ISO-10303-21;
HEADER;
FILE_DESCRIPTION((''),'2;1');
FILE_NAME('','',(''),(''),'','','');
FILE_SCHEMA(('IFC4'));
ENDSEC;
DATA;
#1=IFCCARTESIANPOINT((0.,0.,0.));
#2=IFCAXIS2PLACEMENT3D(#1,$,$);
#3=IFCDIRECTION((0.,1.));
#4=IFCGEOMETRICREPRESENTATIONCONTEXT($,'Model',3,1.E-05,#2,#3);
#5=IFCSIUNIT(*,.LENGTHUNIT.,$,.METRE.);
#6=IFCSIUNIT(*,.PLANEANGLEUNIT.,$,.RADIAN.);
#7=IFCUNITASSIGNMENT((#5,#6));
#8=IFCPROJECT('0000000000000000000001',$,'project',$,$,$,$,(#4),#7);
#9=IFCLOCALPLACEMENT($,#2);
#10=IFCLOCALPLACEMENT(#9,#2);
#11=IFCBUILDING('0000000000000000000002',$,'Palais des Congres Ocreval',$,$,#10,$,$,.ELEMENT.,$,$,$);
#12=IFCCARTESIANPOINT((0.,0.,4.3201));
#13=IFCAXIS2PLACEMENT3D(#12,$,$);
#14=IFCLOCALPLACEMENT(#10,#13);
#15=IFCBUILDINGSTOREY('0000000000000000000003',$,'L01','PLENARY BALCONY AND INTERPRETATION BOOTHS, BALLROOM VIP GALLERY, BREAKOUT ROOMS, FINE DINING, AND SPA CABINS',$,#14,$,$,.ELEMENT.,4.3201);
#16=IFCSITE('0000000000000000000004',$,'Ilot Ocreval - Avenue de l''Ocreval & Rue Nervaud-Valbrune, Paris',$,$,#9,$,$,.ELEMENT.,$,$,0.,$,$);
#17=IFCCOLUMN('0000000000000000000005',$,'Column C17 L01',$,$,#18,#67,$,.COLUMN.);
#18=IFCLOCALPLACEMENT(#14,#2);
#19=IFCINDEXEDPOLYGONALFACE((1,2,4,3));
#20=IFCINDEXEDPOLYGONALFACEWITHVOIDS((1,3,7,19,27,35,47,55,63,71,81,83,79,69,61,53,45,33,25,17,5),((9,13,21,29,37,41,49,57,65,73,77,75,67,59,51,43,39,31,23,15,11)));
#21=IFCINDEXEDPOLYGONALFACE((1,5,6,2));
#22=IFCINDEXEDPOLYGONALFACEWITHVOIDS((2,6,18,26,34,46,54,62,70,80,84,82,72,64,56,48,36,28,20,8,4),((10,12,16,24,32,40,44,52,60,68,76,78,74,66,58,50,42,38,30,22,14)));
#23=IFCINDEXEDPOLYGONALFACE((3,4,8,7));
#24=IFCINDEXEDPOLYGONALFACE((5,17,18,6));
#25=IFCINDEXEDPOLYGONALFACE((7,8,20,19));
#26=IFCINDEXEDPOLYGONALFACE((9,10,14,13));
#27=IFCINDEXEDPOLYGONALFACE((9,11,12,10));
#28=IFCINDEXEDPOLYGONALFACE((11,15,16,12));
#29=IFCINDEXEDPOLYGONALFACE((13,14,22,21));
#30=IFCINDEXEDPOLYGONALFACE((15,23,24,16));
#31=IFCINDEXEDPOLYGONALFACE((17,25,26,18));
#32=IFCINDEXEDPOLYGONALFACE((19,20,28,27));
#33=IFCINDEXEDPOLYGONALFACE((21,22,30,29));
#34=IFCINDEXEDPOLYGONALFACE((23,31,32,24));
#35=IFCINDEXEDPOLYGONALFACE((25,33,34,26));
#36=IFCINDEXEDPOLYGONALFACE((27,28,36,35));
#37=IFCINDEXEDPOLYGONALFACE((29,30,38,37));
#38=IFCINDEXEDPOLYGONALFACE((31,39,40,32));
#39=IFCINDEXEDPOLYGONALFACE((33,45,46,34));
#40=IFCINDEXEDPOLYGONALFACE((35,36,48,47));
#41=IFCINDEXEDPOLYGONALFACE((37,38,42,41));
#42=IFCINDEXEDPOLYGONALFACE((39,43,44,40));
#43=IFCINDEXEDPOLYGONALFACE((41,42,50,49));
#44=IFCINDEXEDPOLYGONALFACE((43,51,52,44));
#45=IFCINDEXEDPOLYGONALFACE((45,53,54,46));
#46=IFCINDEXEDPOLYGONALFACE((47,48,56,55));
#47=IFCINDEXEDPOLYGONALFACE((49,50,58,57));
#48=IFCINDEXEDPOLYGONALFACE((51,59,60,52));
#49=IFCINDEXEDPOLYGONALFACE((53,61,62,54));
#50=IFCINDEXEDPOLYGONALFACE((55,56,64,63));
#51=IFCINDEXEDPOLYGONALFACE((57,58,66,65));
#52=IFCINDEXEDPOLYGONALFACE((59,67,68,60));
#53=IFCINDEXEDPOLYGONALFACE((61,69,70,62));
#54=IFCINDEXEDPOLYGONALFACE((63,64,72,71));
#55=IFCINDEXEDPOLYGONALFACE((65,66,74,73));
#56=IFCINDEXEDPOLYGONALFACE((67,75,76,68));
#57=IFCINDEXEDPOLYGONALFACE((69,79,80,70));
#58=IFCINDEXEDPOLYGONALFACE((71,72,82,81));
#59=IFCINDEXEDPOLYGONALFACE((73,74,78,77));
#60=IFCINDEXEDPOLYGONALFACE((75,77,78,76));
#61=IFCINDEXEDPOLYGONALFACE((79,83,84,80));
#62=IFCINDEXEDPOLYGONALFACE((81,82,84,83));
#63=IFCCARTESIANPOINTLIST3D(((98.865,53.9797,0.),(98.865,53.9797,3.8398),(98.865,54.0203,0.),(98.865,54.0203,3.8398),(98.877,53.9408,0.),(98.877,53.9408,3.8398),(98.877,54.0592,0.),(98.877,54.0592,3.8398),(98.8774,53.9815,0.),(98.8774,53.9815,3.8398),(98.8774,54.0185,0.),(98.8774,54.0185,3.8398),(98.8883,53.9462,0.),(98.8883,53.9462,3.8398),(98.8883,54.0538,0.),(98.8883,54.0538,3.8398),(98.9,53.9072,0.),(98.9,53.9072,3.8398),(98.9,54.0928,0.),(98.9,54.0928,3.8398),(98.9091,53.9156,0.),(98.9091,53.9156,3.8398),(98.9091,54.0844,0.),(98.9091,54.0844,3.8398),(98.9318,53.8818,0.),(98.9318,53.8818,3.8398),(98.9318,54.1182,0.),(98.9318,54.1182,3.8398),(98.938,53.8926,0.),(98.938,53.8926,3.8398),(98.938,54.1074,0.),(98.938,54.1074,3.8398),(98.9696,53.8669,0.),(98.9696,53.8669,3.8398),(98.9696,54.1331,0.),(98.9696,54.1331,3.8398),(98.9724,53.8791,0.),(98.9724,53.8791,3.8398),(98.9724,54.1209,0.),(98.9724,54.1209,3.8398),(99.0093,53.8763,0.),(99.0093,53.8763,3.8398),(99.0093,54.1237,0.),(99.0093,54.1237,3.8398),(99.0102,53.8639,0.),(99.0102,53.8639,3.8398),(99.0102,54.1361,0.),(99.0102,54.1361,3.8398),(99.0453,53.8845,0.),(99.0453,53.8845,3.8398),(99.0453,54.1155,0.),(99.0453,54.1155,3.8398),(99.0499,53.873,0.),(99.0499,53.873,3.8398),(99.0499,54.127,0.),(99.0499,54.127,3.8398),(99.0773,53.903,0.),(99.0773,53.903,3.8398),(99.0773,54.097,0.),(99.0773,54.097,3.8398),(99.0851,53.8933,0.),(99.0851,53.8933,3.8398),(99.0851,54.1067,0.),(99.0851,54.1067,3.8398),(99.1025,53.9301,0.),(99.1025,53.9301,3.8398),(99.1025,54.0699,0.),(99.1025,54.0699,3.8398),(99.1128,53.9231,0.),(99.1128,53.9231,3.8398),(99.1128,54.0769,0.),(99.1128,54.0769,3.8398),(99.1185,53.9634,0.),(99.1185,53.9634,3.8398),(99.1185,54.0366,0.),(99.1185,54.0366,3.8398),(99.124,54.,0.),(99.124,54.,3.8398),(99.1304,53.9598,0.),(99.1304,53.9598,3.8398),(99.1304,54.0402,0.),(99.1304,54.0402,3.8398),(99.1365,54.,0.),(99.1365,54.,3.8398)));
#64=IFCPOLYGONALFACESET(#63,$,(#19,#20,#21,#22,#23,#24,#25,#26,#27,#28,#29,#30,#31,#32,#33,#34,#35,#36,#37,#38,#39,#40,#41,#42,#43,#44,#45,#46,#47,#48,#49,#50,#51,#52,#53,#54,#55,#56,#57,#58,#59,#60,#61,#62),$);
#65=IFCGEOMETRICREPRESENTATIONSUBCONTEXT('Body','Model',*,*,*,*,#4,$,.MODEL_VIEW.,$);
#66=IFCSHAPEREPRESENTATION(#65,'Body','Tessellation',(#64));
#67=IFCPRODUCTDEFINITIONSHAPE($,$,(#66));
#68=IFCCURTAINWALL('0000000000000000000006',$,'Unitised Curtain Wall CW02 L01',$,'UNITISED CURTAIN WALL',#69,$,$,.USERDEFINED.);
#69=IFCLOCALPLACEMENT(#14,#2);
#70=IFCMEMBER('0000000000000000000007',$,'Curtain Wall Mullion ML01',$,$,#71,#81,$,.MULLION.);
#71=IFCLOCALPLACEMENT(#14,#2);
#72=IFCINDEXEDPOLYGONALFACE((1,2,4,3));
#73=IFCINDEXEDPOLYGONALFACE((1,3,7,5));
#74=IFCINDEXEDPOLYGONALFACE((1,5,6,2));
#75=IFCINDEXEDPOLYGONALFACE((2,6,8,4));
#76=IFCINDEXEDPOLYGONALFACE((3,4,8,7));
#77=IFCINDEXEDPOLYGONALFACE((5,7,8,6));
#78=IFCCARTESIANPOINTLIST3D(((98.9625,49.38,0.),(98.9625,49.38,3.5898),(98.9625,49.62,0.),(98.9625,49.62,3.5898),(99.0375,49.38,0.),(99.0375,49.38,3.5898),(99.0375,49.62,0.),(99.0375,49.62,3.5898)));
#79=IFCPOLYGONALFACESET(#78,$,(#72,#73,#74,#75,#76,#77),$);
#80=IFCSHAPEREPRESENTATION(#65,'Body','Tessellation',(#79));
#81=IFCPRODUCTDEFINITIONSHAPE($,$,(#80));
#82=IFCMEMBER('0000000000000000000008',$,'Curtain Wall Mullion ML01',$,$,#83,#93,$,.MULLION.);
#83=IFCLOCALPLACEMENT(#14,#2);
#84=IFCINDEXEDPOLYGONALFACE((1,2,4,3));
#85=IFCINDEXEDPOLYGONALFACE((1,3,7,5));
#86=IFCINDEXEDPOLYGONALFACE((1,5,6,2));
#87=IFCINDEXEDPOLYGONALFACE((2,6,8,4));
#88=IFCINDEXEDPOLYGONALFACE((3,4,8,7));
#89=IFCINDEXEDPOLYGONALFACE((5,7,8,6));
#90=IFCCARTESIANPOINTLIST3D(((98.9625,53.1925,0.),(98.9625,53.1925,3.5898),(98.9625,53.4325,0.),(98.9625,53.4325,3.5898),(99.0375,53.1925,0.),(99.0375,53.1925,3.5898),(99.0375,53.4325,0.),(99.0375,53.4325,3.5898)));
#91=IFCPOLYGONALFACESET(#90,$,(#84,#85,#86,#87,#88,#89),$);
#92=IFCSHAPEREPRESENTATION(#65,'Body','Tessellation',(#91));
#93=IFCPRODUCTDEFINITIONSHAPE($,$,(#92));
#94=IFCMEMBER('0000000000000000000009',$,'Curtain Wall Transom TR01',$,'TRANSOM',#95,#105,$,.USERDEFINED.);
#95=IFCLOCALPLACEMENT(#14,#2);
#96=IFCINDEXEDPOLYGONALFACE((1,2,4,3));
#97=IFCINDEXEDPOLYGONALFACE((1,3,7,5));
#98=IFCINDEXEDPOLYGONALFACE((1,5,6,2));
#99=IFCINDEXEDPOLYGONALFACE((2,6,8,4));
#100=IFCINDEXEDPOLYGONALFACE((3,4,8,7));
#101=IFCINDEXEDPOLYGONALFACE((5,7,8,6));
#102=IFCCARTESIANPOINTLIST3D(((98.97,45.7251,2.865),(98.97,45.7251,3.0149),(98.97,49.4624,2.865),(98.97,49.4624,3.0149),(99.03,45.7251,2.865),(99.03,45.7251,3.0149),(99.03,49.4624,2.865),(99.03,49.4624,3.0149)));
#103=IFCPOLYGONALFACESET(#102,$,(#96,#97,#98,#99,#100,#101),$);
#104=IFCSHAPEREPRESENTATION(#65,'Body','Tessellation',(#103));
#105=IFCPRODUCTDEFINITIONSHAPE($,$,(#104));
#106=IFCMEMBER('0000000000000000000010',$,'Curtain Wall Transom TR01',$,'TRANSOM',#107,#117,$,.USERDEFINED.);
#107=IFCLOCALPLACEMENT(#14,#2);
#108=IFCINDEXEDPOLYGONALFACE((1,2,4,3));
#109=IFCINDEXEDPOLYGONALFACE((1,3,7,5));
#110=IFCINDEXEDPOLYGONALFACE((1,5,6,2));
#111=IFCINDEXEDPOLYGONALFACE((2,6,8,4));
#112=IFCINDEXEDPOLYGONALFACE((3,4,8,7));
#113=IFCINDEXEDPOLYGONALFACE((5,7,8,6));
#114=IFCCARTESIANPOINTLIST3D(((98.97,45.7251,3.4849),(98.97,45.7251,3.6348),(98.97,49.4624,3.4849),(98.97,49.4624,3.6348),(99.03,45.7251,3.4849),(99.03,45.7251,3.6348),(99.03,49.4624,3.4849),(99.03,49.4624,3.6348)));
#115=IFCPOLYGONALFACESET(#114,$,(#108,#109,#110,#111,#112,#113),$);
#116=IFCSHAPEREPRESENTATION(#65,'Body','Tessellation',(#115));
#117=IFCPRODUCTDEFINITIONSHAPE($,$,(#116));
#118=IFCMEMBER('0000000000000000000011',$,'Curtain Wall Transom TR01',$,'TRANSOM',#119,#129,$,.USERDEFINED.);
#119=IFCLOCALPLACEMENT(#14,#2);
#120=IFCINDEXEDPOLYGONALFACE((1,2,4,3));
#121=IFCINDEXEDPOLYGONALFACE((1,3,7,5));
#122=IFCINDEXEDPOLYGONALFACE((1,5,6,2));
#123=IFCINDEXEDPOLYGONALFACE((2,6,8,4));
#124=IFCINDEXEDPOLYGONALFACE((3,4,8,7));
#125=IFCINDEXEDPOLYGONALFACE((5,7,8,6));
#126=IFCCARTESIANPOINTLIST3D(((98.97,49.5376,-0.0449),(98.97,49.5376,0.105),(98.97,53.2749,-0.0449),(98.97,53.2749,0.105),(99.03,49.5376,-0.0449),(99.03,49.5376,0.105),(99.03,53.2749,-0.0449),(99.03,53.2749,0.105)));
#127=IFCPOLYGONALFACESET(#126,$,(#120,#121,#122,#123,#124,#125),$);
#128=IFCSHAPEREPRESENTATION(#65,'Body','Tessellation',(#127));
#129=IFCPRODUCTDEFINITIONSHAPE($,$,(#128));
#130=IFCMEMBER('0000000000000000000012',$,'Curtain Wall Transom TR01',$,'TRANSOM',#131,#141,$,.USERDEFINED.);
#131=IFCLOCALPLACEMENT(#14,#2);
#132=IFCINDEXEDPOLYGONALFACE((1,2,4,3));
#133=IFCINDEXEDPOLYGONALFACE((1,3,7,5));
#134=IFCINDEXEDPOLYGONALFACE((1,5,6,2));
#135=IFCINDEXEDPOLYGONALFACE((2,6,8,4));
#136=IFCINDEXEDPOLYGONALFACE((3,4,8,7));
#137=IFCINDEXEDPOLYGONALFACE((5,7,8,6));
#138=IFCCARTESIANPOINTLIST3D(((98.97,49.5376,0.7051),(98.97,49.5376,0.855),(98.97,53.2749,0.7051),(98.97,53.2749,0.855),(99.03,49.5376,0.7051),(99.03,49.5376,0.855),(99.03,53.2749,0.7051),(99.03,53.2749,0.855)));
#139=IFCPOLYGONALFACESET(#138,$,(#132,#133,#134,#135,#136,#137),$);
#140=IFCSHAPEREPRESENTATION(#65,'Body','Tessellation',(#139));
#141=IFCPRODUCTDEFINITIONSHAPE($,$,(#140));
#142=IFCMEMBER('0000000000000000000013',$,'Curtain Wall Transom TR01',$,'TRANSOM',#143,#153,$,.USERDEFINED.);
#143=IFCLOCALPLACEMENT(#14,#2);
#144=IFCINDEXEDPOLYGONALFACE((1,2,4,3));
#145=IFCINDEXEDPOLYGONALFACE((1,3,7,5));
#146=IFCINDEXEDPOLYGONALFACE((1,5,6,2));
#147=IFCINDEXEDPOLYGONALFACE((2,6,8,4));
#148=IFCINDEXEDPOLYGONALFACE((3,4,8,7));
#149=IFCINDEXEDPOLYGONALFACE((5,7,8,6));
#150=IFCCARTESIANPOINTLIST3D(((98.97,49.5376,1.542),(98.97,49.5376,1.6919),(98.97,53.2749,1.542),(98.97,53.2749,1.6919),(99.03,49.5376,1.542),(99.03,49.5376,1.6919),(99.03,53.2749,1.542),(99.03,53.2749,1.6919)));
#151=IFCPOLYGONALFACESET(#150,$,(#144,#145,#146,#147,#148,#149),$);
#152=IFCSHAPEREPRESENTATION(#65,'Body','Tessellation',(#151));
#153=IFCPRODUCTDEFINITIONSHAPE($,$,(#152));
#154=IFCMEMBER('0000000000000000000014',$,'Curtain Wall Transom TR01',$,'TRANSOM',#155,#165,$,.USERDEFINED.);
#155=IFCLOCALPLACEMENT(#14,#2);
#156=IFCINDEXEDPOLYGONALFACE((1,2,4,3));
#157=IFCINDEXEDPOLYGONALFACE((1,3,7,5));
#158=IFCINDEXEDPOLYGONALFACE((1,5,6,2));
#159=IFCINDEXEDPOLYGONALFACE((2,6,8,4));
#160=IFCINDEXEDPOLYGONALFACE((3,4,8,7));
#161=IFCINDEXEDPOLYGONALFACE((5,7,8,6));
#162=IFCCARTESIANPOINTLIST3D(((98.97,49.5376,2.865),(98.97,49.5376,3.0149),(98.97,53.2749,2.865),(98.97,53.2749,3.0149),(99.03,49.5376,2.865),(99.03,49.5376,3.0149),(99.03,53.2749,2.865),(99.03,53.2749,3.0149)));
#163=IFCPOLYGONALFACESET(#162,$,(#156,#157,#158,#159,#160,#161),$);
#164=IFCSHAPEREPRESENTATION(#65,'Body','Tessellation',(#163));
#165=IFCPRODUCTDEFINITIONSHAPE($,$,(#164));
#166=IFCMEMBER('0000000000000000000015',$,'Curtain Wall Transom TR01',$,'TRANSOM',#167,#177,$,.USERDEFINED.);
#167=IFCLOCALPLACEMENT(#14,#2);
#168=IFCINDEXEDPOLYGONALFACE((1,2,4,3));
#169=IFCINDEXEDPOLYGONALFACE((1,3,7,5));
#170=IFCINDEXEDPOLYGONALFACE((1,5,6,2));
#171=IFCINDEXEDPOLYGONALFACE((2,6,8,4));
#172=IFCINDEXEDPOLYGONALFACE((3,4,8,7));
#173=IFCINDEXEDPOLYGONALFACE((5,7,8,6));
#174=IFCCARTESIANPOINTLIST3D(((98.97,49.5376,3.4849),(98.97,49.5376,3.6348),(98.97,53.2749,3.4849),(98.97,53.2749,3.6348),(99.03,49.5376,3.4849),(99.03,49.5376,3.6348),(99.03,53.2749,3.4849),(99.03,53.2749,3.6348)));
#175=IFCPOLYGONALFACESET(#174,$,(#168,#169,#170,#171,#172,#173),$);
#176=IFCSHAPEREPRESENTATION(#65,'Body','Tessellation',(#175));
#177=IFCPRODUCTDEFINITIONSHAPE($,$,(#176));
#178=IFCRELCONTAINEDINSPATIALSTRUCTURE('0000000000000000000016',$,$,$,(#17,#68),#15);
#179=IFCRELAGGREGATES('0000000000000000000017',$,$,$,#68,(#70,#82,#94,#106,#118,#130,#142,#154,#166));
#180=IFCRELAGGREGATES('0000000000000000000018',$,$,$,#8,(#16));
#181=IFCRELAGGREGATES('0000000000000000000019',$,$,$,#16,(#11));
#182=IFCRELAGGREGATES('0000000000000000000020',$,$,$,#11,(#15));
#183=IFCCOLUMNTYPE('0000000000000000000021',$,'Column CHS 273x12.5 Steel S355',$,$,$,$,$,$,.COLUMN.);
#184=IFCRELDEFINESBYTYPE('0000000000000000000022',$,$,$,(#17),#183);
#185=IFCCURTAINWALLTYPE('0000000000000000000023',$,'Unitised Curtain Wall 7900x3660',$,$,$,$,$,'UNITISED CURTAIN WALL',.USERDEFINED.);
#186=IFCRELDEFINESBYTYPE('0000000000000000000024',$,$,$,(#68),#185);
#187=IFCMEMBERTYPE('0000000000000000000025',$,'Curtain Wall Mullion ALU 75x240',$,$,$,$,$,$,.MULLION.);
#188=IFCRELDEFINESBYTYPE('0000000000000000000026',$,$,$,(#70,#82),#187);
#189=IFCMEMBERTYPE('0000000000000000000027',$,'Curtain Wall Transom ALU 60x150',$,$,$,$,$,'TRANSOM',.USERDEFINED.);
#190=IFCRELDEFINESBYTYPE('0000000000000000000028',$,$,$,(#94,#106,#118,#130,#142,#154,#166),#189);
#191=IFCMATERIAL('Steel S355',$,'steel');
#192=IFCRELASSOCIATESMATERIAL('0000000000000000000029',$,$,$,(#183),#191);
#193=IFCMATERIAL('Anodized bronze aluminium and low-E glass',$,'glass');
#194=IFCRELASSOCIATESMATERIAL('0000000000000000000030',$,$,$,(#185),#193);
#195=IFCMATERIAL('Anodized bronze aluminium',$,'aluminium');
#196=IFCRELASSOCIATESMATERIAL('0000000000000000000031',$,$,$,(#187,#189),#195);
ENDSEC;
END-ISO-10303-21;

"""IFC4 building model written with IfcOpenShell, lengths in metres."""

from ifc_helpers import new_model, si_unit, direction, frame, origin, origin_2d, place, context, subcontext, project, spatial, rectangle, hollow_circle, extrude, material, material_profile, profile_set, type_object, element, aggregate, save


model = new_model("IFC4")

# Units and contexts
model_context = context("Model", 3, precision=1e-05, world=origin(), true_north=direction((0.0, 1.0)))
body_context = subcontext(model_context, "Body", "Model", "MODEL_VIEW")
ifc_project = project(units=[si_unit("LENGTHUNIT", "METRE"), si_unit("PLANEANGLEUNIT", "RADIAN")], contexts=[model_context])

# Site, building, storey
site_placement = place(None, origin())
site = spatial("IfcSite", under=ifc_project, at=site_placement, Name="Ilot Ocreval - Avenue de l'Ocreval & Rue Nervaud-Valbrune, Paris", CompositionType="ELEMENT", RefElevation=0.0)
building_placement = place(site_placement, origin())
building = spatial("IfcBuilding", under=site, at=building_placement, Name="Palais des Congres Ocreval", CompositionType="ELEMENT")
storey_placement = place(building_placement, frame((0.0, 0.0, 4.3201)))
storey = spatial("IfcBuildingStorey", under=building, at=storey_placement, Name="L01", Description="PLENARY BALCONY AND INTERPRETATION BOOTHS, BALLROOM VIP GALLERY, BREAKOUT ROOMS, FINE DINING, AND SPA CABINS", CompositionType="ELEMENT", Elevation=4.3201)

# Column
ifc_material_1 = material(Name="Steel S355", Category="steel")
ifc_material_profile_1 = material_profile(ifc_material_1, hollow_circle(Radius=0.1365, WallThickness=0.0125, at=origin_2d()), Name="CHS 273x12.5")
ifc_profile_set_1 = profile_set([ifc_material_profile_1], Name="Steel S355")
column_type = type_object("IfcColumnType", Name="Column CHS 273x12.5 Steel S355", PredefinedType="COLUMN", material=ifc_profile_set_1)
column_placement = place(storey_placement, frame((99.0, 54.0, 0.0), z_axis=(0.0, 0.0, 1.0), x_axis=(1.0, 0.0, 0.0)))
element("IfcColumn", 1, at=column_placement, inside=storey, type_object=column_type, Name="Column C17 L01", PredefinedType="COLUMN", context=body_context, shape_type="SweptSolid", body=[
    extrude(hollow_circle(Radius=0.1365, WallThickness=0.0125, at=origin_2d()), origin(), (0.0, 0.0, 1.0), 3.8398),
])

# Curtain wall, members
ifc_material_2 = material(Name="Anodized bronze aluminium and low-E glass", Category="glass")
curtain_wall_type = type_object("IfcCurtainWallType", Name="Unitised Curtain Wall 7900x3660", ElementType="UNITISED CURTAIN WALL", PredefinedType="USERDEFINED", material=ifc_material_2)
curtain_wall_placement = place(storey_placement, origin())
curtain_wall = element("IfcCurtainWall", 2, at=curtain_wall_placement, inside=storey, type_object=curtain_wall_type, Name="Unitised Curtain Wall CW02 L01", ObjectType="UNITISED CURTAIN WALL", PredefinedType="USERDEFINED")
ifc_material_3 = material(Name="Anodized bronze aluminium", Category="aluminium")
ifc_material_profile_2 = material_profile(ifc_material_3, rectangle(XDim=0.075, YDim=0.24, at=origin_2d()), Name="ALU 75x240")
ifc_profile_set_2 = profile_set([ifc_material_profile_2], Name="Anodized bronze aluminium")
member_type_1 = type_object("IfcMemberType", Name="Curtain Wall Mullion ALU 75x240", PredefinedType="MULLION", material=ifc_profile_set_2)
member_1_placement = place(storey_placement, frame((99.0, 49.5, 0.0), z_axis=(0.0, 0.0, 1.0), x_axis=(-1.0, 0.0, 0.0)))
member_1 = element("IfcMember", 3, at=member_1_placement, type_object=member_type_1, Name="Curtain Wall Mullion ML01", PredefinedType="MULLION", context=body_context, shape_type="SweptSolid", body=[
    extrude(rectangle(XDim=0.075, YDim=0.24, at=origin_2d()), origin(), (0.0, 0.0, 1.0), 3.5898),
])
member_2_placement = place(storey_placement, frame((99.0, 53.3125, 0.0), z_axis=(0.0, 0.0, 1.0), x_axis=(-1.0, 0.0, 0.0)))
member_2 = element("IfcMember", 4, at=member_2_placement, type_object=member_type_1, Name="Curtain Wall Mullion ML01", PredefinedType="MULLION", context=body_context, shape_type="SweptSolid", body=[
    extrude(rectangle(XDim=0.075, YDim=0.24, at=origin_2d()), origin(), (0.0, 0.0, 1.0), 3.5898),
])
ifc_material_profile_3 = material_profile(ifc_material_3, rectangle(XDim=0.0601, YDim=0.1499, at=origin_2d()), Name="ALU 60x150")
ifc_profile_set_3 = profile_set([ifc_material_profile_3], Name="Anodized bronze aluminium")
member_type_2 = type_object("IfcMemberType", Name="Curtain Wall Transom ALU 60x150", ElementType="TRANSOM", PredefinedType="USERDEFINED", material=ifc_profile_set_3)
member_3_placement = place(storey_placement, frame((99.0, 45.7251, 2.9399), z_axis=(0.0, 1.0, 0.0), x_axis=(-1.0, 0.0, 0.0)))
member_3 = element("IfcMember", 5, at=member_3_placement, type_object=member_type_2, Name="Curtain Wall Transom TR01", ObjectType="TRANSOM", PredefinedType="USERDEFINED", context=body_context, shape_type="SweptSolid", body=[
    extrude(rectangle(XDim=0.0601, YDim=0.1499, at=origin_2d()), origin(), (0.0, 0.0, 1.0), 3.7373),
])
member_4_placement = place(storey_placement, frame((99.0, 45.7251, 3.5598), z_axis=(0.0, 1.0, 0.0), x_axis=(-1.0, 0.0, 0.0)))
member_4 = element("IfcMember", 6, at=member_4_placement, type_object=member_type_2, Name="Curtain Wall Transom TR01", ObjectType="TRANSOM", PredefinedType="USERDEFINED", context=body_context, shape_type="SweptSolid", body=[
    extrude(rectangle(XDim=0.0601, YDim=0.1499, at=origin_2d()), origin(), (0.0, 0.0, 1.0), 3.7373),
])
member_5_placement = place(storey_placement, frame((99.0, 49.5376, 0.03), z_axis=(0.0, 1.0, 0.0), x_axis=(-1.0, 0.0, 0.0)))
member_5 = element("IfcMember", 7, at=member_5_placement, type_object=member_type_2, Name="Curtain Wall Transom TR01", ObjectType="TRANSOM", PredefinedType="USERDEFINED", context=body_context, shape_type="SweptSolid", body=[
    extrude(rectangle(XDim=0.0601, YDim=0.1499, at=origin_2d()), origin(), (0.0, 0.0, 1.0), 3.7373),
])
member_6_placement = place(storey_placement, frame((99.0, 49.5376, 0.78), z_axis=(0.0, 1.0, 0.0), x_axis=(-1.0, 0.0, 0.0)))
member_6 = element("IfcMember", 8, at=member_6_placement, type_object=member_type_2, Name="Curtain Wall Transom TR01", ObjectType="TRANSOM", PredefinedType="USERDEFINED", context=body_context, shape_type="SweptSolid", body=[
    extrude(rectangle(XDim=0.0601, YDim=0.1499, at=origin_2d()), origin(), (0.0, 0.0, 1.0), 3.7373),
])
member_7_placement = place(storey_placement, frame((99.0, 49.5376, 1.6169), z_axis=(0.0, 1.0, 0.0), x_axis=(-1.0, 0.0, 0.0)))
member_7 = element("IfcMember", 9, at=member_7_placement, type_object=member_type_2, Name="Curtain Wall Transom TR01", ObjectType="TRANSOM", PredefinedType="USERDEFINED", context=body_context, shape_type="SweptSolid", body=[
    extrude(rectangle(XDim=0.0601, YDim=0.1499, at=origin_2d()), origin(), (0.0, 0.0, 1.0), 3.7373),
])
member_8_placement = place(storey_placement, frame((99.0, 49.5376, 2.9399), z_axis=(0.0, 1.0, 0.0), x_axis=(-1.0, 0.0, 0.0)))
member_8 = element("IfcMember", 10, at=member_8_placement, type_object=member_type_2, Name="Curtain Wall Transom TR01", ObjectType="TRANSOM", PredefinedType="USERDEFINED", context=body_context, shape_type="SweptSolid", body=[
    extrude(rectangle(XDim=0.0601, YDim=0.1499, at=origin_2d()), origin(), (0.0, 0.0, 1.0), 3.7373),
])
member_9_placement = place(storey_placement, frame((99.0, 49.5376, 3.5598), z_axis=(0.0, 1.0, 0.0), x_axis=(-1.0, 0.0, 0.0)))
member_9 = element("IfcMember", 11, at=member_9_placement, type_object=member_type_2, Name="Curtain Wall Transom TR01", ObjectType="TRANSOM", PredefinedType="USERDEFINED", context=body_context, shape_type="SweptSolid", body=[
    extrude(rectangle(XDim=0.0601, YDim=0.1499, at=origin_2d()), origin(), (0.0, 0.0, 1.0), 3.7373),
])

aggregate(curtain_wall, [member_1, member_2, member_3, member_4, member_5, member_6, member_7, member_8, member_9])

save(model, "model.ifc")
